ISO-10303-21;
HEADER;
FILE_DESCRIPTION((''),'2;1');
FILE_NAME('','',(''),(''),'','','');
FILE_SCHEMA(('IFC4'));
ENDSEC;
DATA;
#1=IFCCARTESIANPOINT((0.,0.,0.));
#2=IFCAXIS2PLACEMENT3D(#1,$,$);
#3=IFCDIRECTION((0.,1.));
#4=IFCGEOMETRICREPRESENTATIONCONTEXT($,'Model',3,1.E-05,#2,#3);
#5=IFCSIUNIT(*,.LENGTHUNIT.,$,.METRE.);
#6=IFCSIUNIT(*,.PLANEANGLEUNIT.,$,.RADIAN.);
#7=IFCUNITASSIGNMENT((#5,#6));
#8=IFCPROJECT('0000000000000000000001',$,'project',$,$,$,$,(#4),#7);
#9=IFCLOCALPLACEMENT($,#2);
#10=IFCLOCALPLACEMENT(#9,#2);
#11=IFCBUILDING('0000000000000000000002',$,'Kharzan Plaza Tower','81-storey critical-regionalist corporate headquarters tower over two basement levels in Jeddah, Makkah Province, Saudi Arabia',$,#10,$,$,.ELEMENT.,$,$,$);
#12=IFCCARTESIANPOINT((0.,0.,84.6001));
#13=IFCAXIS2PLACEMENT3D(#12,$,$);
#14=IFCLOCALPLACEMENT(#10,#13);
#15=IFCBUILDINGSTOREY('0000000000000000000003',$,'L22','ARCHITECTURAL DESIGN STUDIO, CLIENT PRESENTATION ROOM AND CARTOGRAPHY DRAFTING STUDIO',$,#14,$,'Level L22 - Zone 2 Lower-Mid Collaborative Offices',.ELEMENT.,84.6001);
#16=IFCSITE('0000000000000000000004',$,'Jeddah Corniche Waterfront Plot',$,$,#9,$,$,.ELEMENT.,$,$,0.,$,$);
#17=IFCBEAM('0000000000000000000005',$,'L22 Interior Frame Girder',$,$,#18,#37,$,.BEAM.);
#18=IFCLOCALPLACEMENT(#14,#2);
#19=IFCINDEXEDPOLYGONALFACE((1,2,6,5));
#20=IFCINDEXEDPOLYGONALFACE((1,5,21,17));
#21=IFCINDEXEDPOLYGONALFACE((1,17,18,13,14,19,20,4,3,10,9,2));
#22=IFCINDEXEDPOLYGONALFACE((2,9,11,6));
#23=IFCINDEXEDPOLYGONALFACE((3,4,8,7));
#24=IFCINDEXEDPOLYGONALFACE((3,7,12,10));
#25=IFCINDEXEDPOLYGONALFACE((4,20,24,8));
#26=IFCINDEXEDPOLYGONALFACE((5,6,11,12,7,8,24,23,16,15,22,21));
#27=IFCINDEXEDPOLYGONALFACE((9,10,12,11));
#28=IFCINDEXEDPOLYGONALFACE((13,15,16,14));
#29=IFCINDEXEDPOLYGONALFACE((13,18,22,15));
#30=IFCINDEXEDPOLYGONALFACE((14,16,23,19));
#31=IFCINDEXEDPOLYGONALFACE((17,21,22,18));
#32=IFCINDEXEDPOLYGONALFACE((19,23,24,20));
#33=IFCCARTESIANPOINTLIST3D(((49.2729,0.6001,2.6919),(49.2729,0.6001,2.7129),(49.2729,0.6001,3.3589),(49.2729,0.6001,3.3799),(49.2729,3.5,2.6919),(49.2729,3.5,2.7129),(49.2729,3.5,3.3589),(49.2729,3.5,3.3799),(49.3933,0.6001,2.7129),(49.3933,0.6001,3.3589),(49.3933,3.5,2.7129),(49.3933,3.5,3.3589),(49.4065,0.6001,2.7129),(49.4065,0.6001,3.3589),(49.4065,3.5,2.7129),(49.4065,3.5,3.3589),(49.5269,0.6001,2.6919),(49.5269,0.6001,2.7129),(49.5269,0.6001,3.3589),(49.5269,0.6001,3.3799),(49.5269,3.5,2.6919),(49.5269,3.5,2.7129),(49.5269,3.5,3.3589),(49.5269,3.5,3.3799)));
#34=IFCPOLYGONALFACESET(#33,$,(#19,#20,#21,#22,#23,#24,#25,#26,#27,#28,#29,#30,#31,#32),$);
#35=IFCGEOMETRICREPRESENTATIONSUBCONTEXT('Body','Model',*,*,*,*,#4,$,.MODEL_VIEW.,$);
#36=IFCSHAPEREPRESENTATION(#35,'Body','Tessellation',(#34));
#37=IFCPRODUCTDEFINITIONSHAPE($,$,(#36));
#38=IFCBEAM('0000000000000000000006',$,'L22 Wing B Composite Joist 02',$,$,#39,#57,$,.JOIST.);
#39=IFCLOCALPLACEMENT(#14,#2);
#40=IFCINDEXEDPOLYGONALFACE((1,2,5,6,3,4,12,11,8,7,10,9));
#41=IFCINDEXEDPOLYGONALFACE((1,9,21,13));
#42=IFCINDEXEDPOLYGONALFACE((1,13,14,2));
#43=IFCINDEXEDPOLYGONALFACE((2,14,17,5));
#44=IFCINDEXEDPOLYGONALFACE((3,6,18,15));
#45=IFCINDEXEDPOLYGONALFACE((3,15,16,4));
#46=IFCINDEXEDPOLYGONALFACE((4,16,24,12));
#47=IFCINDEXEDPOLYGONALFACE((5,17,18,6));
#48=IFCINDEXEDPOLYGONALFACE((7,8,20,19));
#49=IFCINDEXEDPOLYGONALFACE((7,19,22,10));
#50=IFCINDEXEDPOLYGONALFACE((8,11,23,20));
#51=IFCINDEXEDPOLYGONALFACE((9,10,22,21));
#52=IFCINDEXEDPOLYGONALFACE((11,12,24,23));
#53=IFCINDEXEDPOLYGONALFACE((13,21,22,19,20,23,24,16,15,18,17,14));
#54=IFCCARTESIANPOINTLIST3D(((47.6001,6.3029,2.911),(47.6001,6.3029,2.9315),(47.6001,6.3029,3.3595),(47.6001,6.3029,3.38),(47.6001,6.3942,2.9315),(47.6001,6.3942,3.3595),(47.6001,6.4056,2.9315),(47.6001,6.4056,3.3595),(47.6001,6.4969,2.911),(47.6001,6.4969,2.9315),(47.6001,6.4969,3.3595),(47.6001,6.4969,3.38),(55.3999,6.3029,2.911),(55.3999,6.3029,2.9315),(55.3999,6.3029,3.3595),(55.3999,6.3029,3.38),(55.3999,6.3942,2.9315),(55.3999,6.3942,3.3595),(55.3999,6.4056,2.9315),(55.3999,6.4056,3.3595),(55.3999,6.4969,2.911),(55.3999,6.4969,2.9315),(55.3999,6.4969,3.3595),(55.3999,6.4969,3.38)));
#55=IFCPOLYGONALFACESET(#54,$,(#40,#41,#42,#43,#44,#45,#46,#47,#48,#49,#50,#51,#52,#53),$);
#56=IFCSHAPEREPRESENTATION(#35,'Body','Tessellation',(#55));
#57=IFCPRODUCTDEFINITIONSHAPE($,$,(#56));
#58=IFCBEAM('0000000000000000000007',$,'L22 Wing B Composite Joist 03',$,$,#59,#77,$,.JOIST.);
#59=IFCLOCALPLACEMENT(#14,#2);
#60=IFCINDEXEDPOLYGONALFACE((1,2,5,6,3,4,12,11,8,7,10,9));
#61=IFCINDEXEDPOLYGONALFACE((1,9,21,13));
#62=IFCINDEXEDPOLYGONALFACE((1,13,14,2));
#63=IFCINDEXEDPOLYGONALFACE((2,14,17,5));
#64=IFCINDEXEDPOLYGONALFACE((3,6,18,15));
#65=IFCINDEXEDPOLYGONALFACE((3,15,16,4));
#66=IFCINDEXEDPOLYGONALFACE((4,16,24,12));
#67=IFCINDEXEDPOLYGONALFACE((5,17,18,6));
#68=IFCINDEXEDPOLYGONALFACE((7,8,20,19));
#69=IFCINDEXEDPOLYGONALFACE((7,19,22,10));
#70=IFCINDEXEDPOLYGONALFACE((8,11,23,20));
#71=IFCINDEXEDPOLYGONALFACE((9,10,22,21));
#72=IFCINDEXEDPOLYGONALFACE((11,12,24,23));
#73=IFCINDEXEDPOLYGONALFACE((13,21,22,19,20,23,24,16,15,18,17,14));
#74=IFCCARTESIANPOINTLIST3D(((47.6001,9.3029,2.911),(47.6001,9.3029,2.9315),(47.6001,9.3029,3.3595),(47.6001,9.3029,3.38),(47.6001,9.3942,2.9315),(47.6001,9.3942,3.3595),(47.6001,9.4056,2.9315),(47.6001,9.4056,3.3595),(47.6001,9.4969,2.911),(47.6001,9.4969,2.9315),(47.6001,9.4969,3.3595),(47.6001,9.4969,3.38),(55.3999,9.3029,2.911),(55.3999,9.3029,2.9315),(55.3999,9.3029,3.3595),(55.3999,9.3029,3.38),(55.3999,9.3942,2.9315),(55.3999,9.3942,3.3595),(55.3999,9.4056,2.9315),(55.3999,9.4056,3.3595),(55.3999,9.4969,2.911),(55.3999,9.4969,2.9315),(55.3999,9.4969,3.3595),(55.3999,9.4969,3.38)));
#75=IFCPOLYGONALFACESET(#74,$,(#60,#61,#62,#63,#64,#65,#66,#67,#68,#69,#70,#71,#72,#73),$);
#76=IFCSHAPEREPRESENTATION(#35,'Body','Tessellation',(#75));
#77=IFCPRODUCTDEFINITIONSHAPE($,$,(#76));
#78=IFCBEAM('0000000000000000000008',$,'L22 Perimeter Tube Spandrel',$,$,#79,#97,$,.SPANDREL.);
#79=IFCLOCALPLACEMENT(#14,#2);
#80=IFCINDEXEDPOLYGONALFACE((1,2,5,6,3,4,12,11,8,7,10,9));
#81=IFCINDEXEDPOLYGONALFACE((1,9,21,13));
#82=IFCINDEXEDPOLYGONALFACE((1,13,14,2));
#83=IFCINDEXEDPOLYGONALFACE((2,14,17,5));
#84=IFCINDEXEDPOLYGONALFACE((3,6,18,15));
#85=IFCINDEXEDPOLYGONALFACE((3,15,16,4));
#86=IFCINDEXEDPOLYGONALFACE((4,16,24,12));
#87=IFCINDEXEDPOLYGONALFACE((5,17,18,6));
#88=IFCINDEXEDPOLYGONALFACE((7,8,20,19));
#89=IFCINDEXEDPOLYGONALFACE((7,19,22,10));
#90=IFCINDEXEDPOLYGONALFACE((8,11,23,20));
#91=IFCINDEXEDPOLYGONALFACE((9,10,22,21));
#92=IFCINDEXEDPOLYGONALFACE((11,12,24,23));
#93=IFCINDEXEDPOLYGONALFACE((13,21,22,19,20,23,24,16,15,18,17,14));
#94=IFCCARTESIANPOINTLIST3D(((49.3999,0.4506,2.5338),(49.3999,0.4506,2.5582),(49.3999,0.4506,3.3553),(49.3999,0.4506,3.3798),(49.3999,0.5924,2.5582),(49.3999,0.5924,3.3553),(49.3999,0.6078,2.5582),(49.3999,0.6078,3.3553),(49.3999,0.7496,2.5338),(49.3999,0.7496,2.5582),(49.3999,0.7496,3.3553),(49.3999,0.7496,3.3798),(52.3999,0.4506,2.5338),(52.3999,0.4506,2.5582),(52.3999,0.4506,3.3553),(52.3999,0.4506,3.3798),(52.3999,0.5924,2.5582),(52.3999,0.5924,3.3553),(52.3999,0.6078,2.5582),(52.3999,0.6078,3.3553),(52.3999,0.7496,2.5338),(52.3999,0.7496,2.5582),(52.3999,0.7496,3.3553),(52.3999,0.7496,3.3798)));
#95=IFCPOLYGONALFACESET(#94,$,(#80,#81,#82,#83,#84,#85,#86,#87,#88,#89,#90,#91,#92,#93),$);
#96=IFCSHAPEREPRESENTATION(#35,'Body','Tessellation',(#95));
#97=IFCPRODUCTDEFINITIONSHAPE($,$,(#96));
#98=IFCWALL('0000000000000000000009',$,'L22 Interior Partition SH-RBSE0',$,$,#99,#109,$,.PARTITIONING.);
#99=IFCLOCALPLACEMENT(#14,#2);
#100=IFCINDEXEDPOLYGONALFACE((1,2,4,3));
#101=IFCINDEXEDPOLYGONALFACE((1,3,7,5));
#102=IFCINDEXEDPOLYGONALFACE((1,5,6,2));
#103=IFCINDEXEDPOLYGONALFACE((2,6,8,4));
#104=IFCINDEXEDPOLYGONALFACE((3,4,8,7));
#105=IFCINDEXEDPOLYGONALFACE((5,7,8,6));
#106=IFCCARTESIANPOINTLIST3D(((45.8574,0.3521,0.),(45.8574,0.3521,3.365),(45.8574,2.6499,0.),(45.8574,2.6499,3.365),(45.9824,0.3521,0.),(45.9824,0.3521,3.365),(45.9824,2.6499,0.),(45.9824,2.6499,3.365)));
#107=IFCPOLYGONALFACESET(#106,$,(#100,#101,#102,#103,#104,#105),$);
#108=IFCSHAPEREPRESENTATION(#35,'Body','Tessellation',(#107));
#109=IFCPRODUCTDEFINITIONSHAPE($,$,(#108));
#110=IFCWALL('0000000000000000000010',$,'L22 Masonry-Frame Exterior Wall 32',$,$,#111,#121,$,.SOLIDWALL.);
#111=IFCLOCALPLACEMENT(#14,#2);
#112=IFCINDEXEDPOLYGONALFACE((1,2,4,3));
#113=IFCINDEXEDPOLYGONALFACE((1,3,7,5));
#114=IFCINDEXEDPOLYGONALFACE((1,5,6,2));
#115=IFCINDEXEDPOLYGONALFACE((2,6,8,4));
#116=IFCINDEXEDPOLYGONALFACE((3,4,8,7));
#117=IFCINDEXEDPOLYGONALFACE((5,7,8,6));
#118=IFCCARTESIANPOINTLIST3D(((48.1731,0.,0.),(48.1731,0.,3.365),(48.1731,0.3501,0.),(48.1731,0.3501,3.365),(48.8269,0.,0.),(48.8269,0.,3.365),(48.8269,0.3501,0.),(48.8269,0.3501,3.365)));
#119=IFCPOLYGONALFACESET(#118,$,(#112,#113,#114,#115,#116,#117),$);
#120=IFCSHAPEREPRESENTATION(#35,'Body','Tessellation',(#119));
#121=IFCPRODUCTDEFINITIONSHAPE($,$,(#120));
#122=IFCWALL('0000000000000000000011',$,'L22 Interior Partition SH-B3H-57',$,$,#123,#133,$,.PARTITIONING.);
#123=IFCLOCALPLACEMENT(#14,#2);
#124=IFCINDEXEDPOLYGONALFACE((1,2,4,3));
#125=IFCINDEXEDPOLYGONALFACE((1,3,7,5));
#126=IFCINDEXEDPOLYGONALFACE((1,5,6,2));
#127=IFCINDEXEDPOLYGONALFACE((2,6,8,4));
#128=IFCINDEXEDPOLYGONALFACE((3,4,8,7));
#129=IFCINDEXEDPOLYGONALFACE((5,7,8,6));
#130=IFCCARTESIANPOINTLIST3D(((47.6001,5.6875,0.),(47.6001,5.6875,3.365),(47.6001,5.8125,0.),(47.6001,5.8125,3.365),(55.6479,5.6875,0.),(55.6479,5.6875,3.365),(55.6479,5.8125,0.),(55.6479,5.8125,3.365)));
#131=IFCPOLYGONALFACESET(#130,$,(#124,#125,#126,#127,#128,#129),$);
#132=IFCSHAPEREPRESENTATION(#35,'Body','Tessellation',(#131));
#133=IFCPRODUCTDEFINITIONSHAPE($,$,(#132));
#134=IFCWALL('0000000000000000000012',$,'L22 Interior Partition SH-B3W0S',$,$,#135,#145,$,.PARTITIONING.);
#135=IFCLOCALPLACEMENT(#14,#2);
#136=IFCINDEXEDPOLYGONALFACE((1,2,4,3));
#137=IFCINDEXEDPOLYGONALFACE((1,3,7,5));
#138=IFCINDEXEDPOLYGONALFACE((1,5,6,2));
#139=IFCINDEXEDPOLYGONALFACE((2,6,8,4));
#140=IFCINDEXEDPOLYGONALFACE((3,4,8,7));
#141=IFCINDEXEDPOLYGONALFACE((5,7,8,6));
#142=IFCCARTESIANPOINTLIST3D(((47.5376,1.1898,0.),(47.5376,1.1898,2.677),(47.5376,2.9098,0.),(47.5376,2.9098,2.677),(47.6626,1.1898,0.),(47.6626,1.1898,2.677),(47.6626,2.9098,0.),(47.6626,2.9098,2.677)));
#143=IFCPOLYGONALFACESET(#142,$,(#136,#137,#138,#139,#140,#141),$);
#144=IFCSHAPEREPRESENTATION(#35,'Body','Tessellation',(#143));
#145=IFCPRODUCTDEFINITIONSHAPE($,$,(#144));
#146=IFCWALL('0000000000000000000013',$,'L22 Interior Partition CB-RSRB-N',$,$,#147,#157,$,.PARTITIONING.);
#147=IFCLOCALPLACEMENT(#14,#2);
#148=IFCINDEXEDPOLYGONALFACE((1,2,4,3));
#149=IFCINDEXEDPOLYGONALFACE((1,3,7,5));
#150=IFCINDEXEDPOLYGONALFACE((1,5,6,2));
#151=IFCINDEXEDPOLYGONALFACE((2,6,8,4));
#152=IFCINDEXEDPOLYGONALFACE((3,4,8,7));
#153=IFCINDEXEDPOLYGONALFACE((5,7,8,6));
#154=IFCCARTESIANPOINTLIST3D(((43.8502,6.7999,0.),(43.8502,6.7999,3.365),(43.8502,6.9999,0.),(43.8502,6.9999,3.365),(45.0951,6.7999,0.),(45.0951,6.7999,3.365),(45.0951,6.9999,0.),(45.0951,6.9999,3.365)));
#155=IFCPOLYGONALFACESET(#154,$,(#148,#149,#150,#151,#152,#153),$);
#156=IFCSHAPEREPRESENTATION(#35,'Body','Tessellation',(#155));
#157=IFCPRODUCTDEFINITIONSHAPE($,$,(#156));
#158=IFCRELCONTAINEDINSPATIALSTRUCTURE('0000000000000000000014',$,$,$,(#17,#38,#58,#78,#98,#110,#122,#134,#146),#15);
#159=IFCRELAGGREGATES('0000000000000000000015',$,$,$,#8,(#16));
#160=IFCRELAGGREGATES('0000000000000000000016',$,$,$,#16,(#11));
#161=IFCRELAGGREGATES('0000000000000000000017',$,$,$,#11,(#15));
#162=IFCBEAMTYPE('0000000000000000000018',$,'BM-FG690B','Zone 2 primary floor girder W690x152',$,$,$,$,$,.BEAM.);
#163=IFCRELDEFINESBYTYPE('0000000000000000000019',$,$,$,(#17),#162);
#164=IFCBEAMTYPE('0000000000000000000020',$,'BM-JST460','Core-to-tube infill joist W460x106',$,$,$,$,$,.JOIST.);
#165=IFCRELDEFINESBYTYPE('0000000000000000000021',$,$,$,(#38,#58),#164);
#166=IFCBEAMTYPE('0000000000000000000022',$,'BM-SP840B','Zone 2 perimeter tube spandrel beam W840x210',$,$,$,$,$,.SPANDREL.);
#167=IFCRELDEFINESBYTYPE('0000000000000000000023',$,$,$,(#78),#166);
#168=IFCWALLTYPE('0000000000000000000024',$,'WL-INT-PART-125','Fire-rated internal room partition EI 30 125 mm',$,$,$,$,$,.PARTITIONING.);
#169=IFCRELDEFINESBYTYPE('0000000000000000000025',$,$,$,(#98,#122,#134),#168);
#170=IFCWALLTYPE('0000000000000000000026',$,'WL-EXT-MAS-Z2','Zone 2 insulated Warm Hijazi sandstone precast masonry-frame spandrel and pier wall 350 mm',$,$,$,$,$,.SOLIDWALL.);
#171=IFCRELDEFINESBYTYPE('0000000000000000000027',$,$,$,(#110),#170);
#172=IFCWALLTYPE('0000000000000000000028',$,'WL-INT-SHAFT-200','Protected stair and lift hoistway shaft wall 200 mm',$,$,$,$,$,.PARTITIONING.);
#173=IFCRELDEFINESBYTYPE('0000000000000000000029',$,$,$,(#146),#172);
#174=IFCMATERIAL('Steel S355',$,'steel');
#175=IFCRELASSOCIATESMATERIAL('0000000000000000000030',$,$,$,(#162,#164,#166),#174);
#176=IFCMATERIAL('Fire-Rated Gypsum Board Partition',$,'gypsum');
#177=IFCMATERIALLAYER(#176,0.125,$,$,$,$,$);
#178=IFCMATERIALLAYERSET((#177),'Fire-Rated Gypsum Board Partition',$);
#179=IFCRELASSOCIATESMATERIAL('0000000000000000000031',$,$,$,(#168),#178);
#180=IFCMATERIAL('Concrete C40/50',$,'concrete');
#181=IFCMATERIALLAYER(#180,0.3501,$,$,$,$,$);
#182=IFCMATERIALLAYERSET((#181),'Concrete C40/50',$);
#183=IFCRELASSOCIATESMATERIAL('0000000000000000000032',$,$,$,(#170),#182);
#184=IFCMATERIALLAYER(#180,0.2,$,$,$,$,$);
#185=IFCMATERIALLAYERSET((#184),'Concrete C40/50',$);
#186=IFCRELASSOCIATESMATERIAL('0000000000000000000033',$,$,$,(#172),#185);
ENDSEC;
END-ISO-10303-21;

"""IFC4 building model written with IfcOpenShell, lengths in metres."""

from ifc_helpers import new_model, si_unit, direction, frame, frame_2d, origin, origin_2d, place, context, subcontext, project, spatial, rectangle, i_section, extrude, source, transform, mapped, material, layer, layer_set, material_profile, profile_set, type_object, element, save


model = new_model("IFC4")

# Units and contexts
model_context = context("Model", 3, precision=1e-05, world=origin(), true_north=direction((0.0, 1.0)))
body_context = subcontext(model_context, "Body", "Model", "MODEL_VIEW")
ifc_project = project(units=[si_unit("LENGTHUNIT", "METRE"), si_unit("PLANEANGLEUNIT", "RADIAN")], contexts=[model_context])

# Site, building, storey
site_placement = place(None, origin())
site = spatial("IfcSite", under=ifc_project, at=site_placement, Name="Jeddah Corniche Waterfront Plot", CompositionType="ELEMENT", RefElevation=0.0)
building_placement = place(site_placement, origin())
building = spatial("IfcBuilding", under=site, at=building_placement, Name="Kharzan Plaza Tower", Description="81-storey critical-regionalist corporate headquarters tower over two basement levels in Jeddah, Makkah Province, Saudi Arabia", CompositionType="ELEMENT")
storey_placement = place(building_placement, frame((0.0, 0.0, 84.6001)))
storey = spatial("IfcBuildingStorey", under=building, at=storey_placement, Name="L22", Description="ARCHITECTURAL DESIGN STUDIO, CLIENT PRESENTATION ROOM AND CARTOGRAPHY DRAFTING STUDIO", LongName="Level L22 - Zone 2 Lower-Mid Collaborative Offices", CompositionType="ELEMENT", Elevation=84.6001)

# Beams
ifc_material_1 = material(Name="Steel S355", Category="steel")
ifc_material_profile_1 = material_profile(ifc_material_1, i_section(OverallWidth=0.2539, OverallDepth=0.688, WebThickness=0.0132, FlangeThickness=0.021, at=origin_2d()), Name="W690x152")
ifc_profile_set_1 = profile_set([ifc_material_profile_1], Name="Steel S355")
beam_type_1 = type_object("IfcBeamType", Name="BM-FG690B", Description="Zone 2 primary floor girder W690x152", PredefinedType="BEAM", material=ifc_profile_set_1)
shared_shape_1 = source(origin(), body_context, "Body", "SweptSolid", [
    extrude(i_section(OverallWidth=0.2539, OverallDepth=0.688, WebThickness=0.0132, FlangeThickness=0.021, at=origin_2d()), origin(), (0.0, 0.0, 1.0), 2.8999),
])
for number, where, z_axis, x_axis, name in (
    (1, (49.3999, 0.6001, 3.0359), (0.0, 1.0, 0.0), (-1.0, 0.0, 0.0), "L22 Interior Frame Girder"),
):
    element("IfcBeam", number, at=place(storey_placement, frame(where, z_axis=z_axis, x_axis=x_axis)), inside=storey, type_object=beam_type_1, Name=name, PredefinedType="BEAM", context=body_context, shape_type="MappedRepresentation", body=[
        mapped(shared_shape_1, transform((0.0, 0.0, 0.0), x_axis=(1.0, 0.0, 0.0), y_axis=(0.0, 1.0, 0.0), z_axis=(0.0, 0.0, 1.0))),
    ])
ifc_material_profile_2 = material_profile(ifc_material_1, i_section(OverallWidth=0.1941, OverallDepth=0.469, WebThickness=0.0115, FlangeThickness=0.0205, at=origin_2d()), Name="W460x106")
ifc_profile_set_2 = profile_set([ifc_material_profile_2], Name="Steel S355")
beam_type_2 = type_object("IfcBeamType", Name="BM-JST460", Description="Core-to-tube infill joist W460x106", PredefinedType="JOIST", material=ifc_profile_set_2)
shared_shape_2 = source(origin(), body_context, "Body", "SweptSolid", [
    extrude(i_section(OverallWidth=0.1941, OverallDepth=0.469, WebThickness=0.0115, FlangeThickness=0.0205, at=origin_2d()), origin(), (0.0, 0.0, 1.0), 7.7998),
])
for number, where, z_axis, x_axis, name in (
    (2, (47.6001, 6.3999, 3.1455), (1.0, 0.0, 0.0), (0.0, 1.0, 0.0), "L22 Wing B Composite Joist 02"),
    (3, (47.6001, 9.3999, 3.1455), (1.0, 0.0, 0.0), (0.0, 1.0, 0.0), "L22 Wing B Composite Joist 03"),
):
    element("IfcBeam", number, at=place(storey_placement, frame(where, z_axis=z_axis, x_axis=x_axis)), inside=storey, type_object=beam_type_2, Name=name, PredefinedType="JOIST", context=body_context, shape_type="MappedRepresentation", body=[
        mapped(shared_shape_2, transform((0.0, 0.0, 0.0), x_axis=(1.0, 0.0, 0.0), y_axis=(0.0, 1.0, 0.0), z_axis=(0.0, 0.0, 1.0))),
    ])
ifc_material_profile_3 = material_profile(ifc_material_1, i_section(OverallWidth=0.2991, OverallDepth=0.8459, WebThickness=0.0154, FlangeThickness=0.0244, at=origin_2d()), Name="W840x210")
ifc_profile_set_3 = profile_set([ifc_material_profile_3], Name="Steel S355")
beam_type_3 = type_object("IfcBeamType", Name="BM-SP840B", Description="Zone 2 perimeter tube spandrel beam W840x210", PredefinedType="SPANDREL", material=ifc_profile_set_3)
shared_shape_3 = source(origin(), body_context, "Body", "SweptSolid", [
    extrude(i_section(OverallWidth=0.2991, OverallDepth=0.8459, WebThickness=0.0154, FlangeThickness=0.0244, at=origin_2d()), origin(), (0.0, 0.0, 1.0), 3.0),
])
beam_1_placement = place(storey_placement, frame((49.3999, 0.6001, 2.9568), z_axis=(1.0, 0.0, 0.0), x_axis=(0.0, 1.0, 0.0)))
element("IfcBeam", 4, at=beam_1_placement, inside=storey, type_object=beam_type_3, Name="L22 Perimeter Tube Spandrel", PredefinedType="SPANDREL", context=body_context, shape_type="MappedRepresentation", body=[
    mapped(shared_shape_3, transform((0.0, 0.0, 0.0), x_axis=(1.0, 0.0, 0.0), y_axis=(0.0, 1.0, 0.0), z_axis=(0.0, 0.0, 1.0))),
])

# Shared definitions
ifc_material_2 = material(Name="Fire-Rated Gypsum Board Partition", Category="gypsum")
ifc_layer_1 = layer(ifc_material_2, 0.125)
ifc_layer_set_1 = layer_set([ifc_layer_1], Name="Fire-Rated Gypsum Board Partition")
wall_type_1 = type_object("IfcWallType", Name="WL-INT-PART-125", Description="Fire-rated internal room partition EI 30 125 mm", PredefinedType="PARTITIONING", material=ifc_layer_set_1)

# Walls
shared_shape_4 = source(origin(), body_context, "Body", "SweptSolid", [
    extrude(rectangle(XDim=2.2979, YDim=0.125, at=frame_2d((1.1489, 0.0))), origin(), (0.0, 0.0, 1.0), 3.365),
])
wall_1_placement = place(storey_placement, frame((45.9199, 0.3521, 0.0), z_axis=(0.0, 0.0, 1.0), x_axis=(0.0, 1.0, 0.0)))
element("IfcWall", 5, at=wall_1_placement, inside=storey, type_object=wall_type_1, Name="L22 Interior Partition SH-RBSE0", PredefinedType="PARTITIONING", context=body_context, shape_type="MappedRepresentation", body=[
    mapped(shared_shape_4, transform((0.0, 0.0, 0.0), x_axis=(1.0, 0.0, 0.0), y_axis=(0.0, 1.0, 0.0), z_axis=(0.0, 0.0, 1.0))),
])
ifc_material_3 = material(Name="Concrete C40/50", Category="concrete")
ifc_layer_2 = layer(ifc_material_3, 0.3501)
ifc_layer_set_2 = layer_set([ifc_layer_2], Name="Concrete C40/50")
wall_type_2 = type_object("IfcWallType", Name="WL-EXT-MAS-Z2", Description="Zone 2 insulated Warm Hijazi sandstone precast masonry-frame spandrel and pier wall 350 mm", PredefinedType="SOLIDWALL", material=ifc_layer_set_2)
shared_shape_5 = source(origin(), body_context, "Body", "SweptSolid", [
    extrude(rectangle(XDim=0.6538, YDim=0.3501, at=frame_2d((0.3269, 0.0))), origin(), (0.0, 0.0, 1.0), 3.365),
])
wall_2_placement = place(storey_placement, frame((48.1731, 0.175, 0.0), z_axis=(0.0, 0.0, 1.0), x_axis=(1.0, 0.0, 0.0)))
element("IfcWall", 6, at=wall_2_placement, inside=storey, type_object=wall_type_2, Name="L22 Masonry-Frame Exterior Wall 32", PredefinedType="SOLIDWALL", context=body_context, shape_type="MappedRepresentation", body=[
    mapped(shared_shape_5, transform((0.0, 0.0, 0.0), x_axis=(1.0, 0.0, 0.0), y_axis=(0.0, 1.0, 0.0), z_axis=(0.0, 0.0, 1.0))),
])
shared_shape_6 = source(origin(), body_context, "Body", "SweptSolid", [
    extrude(rectangle(XDim=8.0479, YDim=0.125, at=frame_2d((4.0239, 0.0))), origin(), (0.0, 0.0, 1.0), 3.365),
])
wall_3_placement = place(storey_placement, frame((47.6001, 5.75, 0.0), z_axis=(0.0, 0.0, 1.0), x_axis=(1.0, 0.0, 0.0)))
element("IfcWall", 7, at=wall_3_placement, inside=storey, type_object=wall_type_1, Name="L22 Interior Partition SH-B3H-57", PredefinedType="PARTITIONING", context=body_context, shape_type="MappedRepresentation", body=[
    mapped(shared_shape_6, transform((0.0, 0.0, 0.0), x_axis=(1.0, 0.0, 0.0), y_axis=(0.0, 1.0, 0.0), z_axis=(0.0, 0.0, 1.0))),
])
shared_shape_7 = source(origin(), body_context, "Body", "SweptSolid", [
    extrude(rectangle(XDim=1.72, YDim=0.125, at=frame_2d((0.8599, 0.0))), origin(), (0.0, 0.0, 1.0), 2.677),
])
wall_4_placement = place(storey_placement, frame((47.6001, 1.1899, 0.0), z_axis=(0.0, 0.0, 1.0), x_axis=(0.0, 1.0, 0.0)))
element("IfcWall", 8, at=wall_4_placement, inside=storey, type_object=wall_type_1, Name="L22 Interior Partition SH-B3W0S", PredefinedType="PARTITIONING", context=body_context, shape_type="MappedRepresentation", body=[
    mapped(shared_shape_7, transform((0.0, 0.0, 0.0), x_axis=(1.0, 0.0, 0.0), y_axis=(0.0, 1.0, 0.0), z_axis=(0.0, 0.0, 1.0))),
])
ifc_layer_3 = layer(ifc_material_3, 0.2)
ifc_layer_set_3 = layer_set([ifc_layer_3], Name="Concrete C40/50")
wall_type_3 = type_object("IfcWallType", Name="WL-INT-SHAFT-200", Description="Protected stair and lift hoistway shaft wall 200 mm", PredefinedType="PARTITIONING", material=ifc_layer_set_3)
shared_shape_8 = source(origin(), body_context, "Body", "SweptSolid", [
    extrude(rectangle(XDim=1.2449, YDim=0.2, at=frame_2d((0.6226, 0.0))), origin(), (0.0, 0.0, 1.0), 3.365),
])
wall_5_placement = place(storey_placement, frame((43.8501, 6.8999, 0.0), z_axis=(0.0, 0.0, 1.0), x_axis=(1.0, 0.0, 0.0)))
element("IfcWall", 9, at=wall_5_placement, inside=storey, type_object=wall_type_3, Name="L22 Interior Partition CB-RSRB-N", PredefinedType="PARTITIONING", context=body_context, shape_type="MappedRepresentation", body=[
    mapped(shared_shape_8, transform((0.0, 0.0, 0.0), x_axis=(1.0, 0.0, 0.0), y_axis=(0.0, 1.0, 0.0), z_axis=(0.0, 0.0, 1.0))),
])

save(model, "model.ifc")
